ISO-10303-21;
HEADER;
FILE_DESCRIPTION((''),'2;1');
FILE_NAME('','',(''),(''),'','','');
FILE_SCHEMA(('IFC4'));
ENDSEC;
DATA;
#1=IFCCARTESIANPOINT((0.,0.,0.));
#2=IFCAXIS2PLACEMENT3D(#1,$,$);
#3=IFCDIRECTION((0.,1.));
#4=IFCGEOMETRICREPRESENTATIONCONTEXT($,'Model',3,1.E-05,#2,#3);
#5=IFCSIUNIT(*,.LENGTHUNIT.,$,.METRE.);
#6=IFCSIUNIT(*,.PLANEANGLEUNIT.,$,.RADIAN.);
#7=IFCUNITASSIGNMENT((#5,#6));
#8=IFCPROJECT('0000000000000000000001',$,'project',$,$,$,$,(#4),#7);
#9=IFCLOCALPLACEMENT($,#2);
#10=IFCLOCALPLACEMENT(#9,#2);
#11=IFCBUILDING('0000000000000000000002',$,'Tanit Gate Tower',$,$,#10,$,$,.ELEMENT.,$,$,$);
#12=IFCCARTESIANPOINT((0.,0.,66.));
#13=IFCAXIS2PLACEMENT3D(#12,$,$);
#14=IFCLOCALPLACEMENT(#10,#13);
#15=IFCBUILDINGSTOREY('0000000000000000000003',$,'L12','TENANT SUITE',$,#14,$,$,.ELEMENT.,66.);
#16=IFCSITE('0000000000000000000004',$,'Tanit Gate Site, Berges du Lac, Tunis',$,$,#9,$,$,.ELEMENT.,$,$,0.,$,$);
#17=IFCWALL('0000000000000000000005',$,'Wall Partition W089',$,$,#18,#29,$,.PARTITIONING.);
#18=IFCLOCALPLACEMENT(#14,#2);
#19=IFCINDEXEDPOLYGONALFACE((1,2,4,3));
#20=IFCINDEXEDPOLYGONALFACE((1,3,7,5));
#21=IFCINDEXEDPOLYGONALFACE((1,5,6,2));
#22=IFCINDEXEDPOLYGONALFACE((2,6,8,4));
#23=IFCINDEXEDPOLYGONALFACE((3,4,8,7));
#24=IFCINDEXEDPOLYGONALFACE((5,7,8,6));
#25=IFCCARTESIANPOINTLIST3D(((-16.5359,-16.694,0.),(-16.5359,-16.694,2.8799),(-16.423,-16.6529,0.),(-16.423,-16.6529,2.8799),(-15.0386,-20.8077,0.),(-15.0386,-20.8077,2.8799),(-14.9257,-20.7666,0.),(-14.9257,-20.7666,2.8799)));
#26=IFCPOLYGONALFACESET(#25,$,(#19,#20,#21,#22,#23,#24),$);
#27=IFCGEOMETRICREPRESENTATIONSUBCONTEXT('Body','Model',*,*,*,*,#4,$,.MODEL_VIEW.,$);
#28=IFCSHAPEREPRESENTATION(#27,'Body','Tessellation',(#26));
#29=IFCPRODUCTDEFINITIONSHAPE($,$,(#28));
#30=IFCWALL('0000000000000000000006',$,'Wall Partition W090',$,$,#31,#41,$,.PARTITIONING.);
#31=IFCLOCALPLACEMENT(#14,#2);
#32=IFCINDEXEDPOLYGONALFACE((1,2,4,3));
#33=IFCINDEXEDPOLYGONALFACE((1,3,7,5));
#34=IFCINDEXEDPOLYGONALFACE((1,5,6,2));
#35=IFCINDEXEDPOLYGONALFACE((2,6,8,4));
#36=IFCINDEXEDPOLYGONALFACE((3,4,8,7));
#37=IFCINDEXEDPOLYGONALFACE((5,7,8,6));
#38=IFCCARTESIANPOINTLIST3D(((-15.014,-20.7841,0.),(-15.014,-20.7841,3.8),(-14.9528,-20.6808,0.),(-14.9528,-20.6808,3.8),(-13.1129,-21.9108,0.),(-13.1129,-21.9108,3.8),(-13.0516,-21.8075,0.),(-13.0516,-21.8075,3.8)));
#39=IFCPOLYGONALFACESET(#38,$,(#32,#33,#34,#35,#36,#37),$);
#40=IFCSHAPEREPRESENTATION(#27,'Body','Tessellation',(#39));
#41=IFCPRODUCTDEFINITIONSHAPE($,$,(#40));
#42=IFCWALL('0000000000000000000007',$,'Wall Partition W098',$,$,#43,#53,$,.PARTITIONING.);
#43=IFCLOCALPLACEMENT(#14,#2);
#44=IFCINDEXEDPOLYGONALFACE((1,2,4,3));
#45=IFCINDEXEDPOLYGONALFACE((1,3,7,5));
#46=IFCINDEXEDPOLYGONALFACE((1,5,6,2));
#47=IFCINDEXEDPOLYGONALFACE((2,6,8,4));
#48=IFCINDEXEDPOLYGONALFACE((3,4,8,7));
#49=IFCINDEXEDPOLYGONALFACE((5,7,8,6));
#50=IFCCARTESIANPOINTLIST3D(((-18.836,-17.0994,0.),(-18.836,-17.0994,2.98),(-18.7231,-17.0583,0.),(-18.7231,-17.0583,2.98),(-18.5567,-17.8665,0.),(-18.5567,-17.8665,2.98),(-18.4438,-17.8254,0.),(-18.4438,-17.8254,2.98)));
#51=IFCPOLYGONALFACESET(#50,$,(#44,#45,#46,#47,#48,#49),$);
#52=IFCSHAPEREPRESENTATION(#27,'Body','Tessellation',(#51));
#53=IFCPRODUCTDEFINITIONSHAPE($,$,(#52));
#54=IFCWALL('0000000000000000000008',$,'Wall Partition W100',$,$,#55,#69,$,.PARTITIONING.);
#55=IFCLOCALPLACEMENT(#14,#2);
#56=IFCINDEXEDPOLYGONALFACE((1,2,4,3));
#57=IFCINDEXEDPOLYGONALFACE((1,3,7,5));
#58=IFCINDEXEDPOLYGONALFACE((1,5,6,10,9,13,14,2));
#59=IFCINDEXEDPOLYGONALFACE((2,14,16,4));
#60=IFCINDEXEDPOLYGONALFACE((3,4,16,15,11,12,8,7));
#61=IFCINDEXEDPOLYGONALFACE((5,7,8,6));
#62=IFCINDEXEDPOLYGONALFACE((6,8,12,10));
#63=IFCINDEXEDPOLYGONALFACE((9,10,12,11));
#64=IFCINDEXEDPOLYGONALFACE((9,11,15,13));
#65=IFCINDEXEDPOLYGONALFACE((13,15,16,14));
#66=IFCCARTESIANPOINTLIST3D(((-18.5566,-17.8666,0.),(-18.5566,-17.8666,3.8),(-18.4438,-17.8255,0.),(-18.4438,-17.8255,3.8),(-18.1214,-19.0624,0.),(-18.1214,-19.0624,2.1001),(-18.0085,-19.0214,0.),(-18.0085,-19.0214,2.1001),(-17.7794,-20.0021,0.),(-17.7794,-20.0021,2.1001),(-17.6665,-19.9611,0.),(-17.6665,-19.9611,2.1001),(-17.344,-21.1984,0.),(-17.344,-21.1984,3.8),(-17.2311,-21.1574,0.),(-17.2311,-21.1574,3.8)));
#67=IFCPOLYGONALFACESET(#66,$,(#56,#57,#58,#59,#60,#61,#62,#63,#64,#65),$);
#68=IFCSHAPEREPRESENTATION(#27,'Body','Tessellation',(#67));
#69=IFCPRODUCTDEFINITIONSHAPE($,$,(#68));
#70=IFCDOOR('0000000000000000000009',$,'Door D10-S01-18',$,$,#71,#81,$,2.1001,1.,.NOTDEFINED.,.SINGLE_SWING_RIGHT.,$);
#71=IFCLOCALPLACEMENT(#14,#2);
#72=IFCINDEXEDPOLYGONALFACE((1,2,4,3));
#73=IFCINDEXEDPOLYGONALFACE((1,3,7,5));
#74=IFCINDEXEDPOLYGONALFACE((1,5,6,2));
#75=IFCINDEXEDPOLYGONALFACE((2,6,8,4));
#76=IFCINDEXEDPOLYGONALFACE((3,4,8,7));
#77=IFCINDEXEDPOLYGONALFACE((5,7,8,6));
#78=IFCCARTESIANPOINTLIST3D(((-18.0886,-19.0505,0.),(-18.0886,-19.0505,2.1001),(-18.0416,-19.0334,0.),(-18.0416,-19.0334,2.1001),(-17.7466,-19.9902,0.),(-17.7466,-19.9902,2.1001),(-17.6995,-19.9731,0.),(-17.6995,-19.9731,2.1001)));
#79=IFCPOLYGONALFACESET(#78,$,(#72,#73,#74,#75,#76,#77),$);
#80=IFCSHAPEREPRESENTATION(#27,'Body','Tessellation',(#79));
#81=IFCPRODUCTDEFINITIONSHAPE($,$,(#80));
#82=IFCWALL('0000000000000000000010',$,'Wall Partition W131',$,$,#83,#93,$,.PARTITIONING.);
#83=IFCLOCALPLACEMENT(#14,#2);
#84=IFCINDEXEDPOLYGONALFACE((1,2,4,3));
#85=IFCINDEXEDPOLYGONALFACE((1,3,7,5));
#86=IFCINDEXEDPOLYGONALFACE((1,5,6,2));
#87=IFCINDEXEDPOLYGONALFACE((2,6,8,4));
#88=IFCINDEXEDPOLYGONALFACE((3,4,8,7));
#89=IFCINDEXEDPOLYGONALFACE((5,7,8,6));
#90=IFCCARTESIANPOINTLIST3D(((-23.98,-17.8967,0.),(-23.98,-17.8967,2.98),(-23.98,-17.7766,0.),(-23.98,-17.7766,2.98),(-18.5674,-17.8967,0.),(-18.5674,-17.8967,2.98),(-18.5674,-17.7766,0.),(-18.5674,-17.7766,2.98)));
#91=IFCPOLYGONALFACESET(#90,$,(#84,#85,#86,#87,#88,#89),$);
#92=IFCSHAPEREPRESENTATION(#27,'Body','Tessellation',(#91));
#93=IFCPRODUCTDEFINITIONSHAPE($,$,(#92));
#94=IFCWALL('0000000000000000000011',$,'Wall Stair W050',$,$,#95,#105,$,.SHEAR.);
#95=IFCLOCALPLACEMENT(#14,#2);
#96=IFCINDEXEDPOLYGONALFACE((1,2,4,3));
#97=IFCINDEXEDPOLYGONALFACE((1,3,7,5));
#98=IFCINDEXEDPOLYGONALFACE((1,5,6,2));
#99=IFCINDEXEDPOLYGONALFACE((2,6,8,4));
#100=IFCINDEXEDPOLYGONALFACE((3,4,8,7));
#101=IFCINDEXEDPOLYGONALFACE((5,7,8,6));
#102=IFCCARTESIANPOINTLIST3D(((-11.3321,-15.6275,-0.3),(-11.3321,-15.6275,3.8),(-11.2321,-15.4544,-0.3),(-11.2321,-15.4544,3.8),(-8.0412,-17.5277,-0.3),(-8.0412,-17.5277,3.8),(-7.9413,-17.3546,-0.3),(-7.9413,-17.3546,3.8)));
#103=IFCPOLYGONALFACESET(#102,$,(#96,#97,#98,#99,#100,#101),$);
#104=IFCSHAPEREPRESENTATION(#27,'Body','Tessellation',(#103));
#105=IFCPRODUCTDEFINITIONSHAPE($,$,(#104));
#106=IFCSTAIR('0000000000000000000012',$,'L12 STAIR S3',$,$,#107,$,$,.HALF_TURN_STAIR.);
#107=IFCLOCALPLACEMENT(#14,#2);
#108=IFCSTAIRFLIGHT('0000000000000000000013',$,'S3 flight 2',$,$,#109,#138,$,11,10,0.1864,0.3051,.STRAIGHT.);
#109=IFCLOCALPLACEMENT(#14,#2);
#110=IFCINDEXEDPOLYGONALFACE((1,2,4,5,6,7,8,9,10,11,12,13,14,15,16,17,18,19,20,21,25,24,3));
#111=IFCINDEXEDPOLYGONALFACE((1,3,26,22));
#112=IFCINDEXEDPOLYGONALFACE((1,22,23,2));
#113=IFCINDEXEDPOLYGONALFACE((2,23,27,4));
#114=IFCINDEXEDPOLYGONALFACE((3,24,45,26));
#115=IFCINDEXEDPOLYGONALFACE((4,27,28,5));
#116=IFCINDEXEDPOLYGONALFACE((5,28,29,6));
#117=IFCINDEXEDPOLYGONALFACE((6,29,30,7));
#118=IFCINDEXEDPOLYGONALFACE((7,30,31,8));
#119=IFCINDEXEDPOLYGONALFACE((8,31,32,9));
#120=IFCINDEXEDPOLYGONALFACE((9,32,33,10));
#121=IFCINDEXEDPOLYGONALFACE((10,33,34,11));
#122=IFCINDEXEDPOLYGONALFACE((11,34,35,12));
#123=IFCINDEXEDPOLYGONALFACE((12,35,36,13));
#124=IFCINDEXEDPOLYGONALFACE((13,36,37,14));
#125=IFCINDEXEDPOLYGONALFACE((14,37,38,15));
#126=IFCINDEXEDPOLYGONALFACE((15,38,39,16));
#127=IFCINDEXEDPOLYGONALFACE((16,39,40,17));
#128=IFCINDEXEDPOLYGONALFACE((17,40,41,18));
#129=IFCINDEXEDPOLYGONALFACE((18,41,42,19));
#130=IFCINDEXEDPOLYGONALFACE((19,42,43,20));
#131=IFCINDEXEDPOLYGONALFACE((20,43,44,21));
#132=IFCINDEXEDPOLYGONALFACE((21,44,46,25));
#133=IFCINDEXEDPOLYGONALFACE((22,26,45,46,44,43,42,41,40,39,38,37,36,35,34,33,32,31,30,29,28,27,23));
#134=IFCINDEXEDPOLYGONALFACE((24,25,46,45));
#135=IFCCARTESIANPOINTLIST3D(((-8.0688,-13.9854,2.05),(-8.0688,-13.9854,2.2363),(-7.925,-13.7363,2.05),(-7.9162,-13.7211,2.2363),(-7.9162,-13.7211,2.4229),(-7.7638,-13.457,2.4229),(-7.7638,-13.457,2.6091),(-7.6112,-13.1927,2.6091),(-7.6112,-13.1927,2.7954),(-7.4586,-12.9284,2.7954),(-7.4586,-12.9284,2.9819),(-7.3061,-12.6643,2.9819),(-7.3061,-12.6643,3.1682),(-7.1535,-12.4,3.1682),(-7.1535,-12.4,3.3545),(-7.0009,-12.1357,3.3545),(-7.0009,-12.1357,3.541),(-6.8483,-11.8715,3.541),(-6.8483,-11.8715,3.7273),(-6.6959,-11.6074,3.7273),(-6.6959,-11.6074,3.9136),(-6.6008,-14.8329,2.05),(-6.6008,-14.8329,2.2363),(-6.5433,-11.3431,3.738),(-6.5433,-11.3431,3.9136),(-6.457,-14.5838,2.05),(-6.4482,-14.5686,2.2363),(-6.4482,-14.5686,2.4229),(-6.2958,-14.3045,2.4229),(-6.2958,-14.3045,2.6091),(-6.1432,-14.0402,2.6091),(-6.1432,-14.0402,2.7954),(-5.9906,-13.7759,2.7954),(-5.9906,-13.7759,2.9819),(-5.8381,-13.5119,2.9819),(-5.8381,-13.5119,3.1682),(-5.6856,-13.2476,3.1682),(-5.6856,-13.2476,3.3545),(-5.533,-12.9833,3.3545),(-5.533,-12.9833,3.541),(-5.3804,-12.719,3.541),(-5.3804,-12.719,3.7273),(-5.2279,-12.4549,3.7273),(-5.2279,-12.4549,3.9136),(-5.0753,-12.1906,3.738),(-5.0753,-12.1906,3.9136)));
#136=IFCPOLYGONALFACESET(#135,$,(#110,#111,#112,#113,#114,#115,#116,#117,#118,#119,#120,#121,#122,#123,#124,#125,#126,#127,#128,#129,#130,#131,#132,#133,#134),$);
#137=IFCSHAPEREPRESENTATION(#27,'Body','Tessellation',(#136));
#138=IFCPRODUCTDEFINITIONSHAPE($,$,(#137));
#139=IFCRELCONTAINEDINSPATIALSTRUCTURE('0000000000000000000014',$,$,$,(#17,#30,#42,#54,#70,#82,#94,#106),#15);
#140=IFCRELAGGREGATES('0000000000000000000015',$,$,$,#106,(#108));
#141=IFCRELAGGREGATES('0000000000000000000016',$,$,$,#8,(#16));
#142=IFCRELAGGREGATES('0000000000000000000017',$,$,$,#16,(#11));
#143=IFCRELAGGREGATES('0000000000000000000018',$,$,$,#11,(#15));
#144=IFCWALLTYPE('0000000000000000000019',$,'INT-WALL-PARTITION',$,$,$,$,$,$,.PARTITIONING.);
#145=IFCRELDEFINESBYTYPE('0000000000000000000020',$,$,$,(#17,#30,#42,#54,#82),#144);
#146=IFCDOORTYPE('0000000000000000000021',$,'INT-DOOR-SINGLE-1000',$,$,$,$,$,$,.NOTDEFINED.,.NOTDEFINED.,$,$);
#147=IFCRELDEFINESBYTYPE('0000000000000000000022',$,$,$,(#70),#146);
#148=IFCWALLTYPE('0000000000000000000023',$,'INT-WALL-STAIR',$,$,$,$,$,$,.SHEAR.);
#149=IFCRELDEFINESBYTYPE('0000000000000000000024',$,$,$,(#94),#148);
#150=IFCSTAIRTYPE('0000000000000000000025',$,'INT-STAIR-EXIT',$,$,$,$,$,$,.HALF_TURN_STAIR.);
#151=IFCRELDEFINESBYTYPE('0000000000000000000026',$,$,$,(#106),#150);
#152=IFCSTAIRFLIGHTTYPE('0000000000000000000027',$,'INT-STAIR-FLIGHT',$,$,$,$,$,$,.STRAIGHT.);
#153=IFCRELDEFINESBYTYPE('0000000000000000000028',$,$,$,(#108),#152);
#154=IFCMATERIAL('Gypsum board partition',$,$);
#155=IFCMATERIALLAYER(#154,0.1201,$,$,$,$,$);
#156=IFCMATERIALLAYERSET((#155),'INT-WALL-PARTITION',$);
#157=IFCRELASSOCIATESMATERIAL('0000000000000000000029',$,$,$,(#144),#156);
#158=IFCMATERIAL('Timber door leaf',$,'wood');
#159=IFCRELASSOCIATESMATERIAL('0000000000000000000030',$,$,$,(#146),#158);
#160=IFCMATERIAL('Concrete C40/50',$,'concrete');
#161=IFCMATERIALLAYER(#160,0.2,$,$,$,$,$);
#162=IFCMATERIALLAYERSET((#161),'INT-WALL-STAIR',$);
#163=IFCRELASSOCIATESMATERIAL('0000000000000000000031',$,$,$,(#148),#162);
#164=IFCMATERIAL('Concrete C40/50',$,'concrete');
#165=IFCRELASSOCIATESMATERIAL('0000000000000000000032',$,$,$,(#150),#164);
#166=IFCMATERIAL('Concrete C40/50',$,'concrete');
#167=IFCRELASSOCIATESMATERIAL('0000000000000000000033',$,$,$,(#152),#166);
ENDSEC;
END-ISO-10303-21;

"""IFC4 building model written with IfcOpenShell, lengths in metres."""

from ifc_helpers import new_model, si_unit, direction, frame, frame_2d, origin, place, context, subcontext, project, spatial, polyline, rectangle, outline, extrude, material, layer, layer_set, type_object, element, fill, aggregate, save


model = new_model("IFC4")

# Units and contexts
model_context = context("Model", 3, precision=1e-05, world=origin(), true_north=direction((0.0, 1.0)))
body_context = subcontext(model_context, "Body", "Model", "MODEL_VIEW")
ifc_project = project(units=[si_unit("LENGTHUNIT", "METRE"), si_unit("PLANEANGLEUNIT", "RADIAN")], contexts=[model_context])

# Site, building, storey
site_placement = place(None, origin())
site = spatial("IfcSite", under=ifc_project, at=site_placement, Name="Tanit Gate Site, Berges du Lac, Tunis", CompositionType="ELEMENT", RefElevation=0.0)
building_placement = place(site_placement, origin())
building = spatial("IfcBuilding", under=site, at=building_placement, Name="Tanit Gate Tower", CompositionType="ELEMENT")
storey_placement = place(building_placement, frame((0.0, 0.0, 66.0)))
storey = spatial("IfcBuildingStorey", under=building, at=storey_placement, Name="L12", Description="TENANT SUITE", CompositionType="ELEMENT", Elevation=66.0)

# Walls
ifc_material_1 = material(Name="Gypsum board partition")
ifc_layer_1 = layer(ifc_material_1, 0.1201)
ifc_layer_set_1 = layer_set([ifc_layer_1], Name="INT-WALL-PARTITION")
wall_type_1 = type_object("IfcWallType", Name="INT-WALL-PARTITION", PredefinedType="PARTITIONING", material=ifc_layer_set_1)
wall_1_placement = place(storey_placement, frame((-16.4795, -16.6733, 0.0), z_axis=(0.0, 0.0, 1.0), x_axis=(0.342025, -0.939691, 0.0)))
element("IfcWall", 1, at=wall_1_placement, inside=storey, type_object=wall_type_1, Name="Wall Partition W089", PredefinedType="PARTITIONING", context=body_context, shape_type="SweptSolid", body=[
    extrude(rectangle(XDim=4.3777, YDim=0.1201, at=frame_2d((2.189, 0.0))), origin(), (0.0, 0.0, 1.0), 2.8799),
])
wall_2_placement = place(storey_placement, frame((-14.9834, -20.7324, 0.0), z_axis=(0.0, 0.0, 1.0), x_axis=(0.860268, -0.509842, 0.0)))
element("IfcWall", 2, at=wall_2_placement, inside=storey, type_object=wall_type_1, Name="Wall Partition W090", PredefinedType="PARTITIONING", context=body_context, shape_type="SweptSolid", body=[
    extrude(rectangle(XDim=2.21, YDim=0.1201, at=frame_2d((1.105, 0.0))), origin(), (0.0, 0.0, 1.0), 3.8),
])
wall_3_placement = place(storey_placement, frame((-18.7795, -17.0789, 0.0), z_axis=(0.0, 0.0, 1.0), x_axis=(0.342127, -0.939654, 0.0)))
element("IfcWall", 3, at=wall_3_placement, inside=storey, type_object=wall_type_1, Name="Wall Partition W098", PredefinedType="PARTITIONING", context=body_context, shape_type="SweptSolid", body=[
    extrude(rectangle(XDim=0.8164, YDim=0.1201, at=frame_2d((0.4082, 0.0))), origin(), (0.0, 0.0, 1.0), 2.98),
])

# Wall, opening, door
wall_4_placement = place(storey_placement, frame((-18.5002, -17.8459, 0.0), z_axis=(0.0, 0.0, 1.0), x_axis=(0.342014, -0.939695, 0.0)))
wall_4 = element("IfcWall", 4, at=wall_4_placement, inside=storey, type_object=wall_type_1, Name="Wall Partition W100", PredefinedType="PARTITIONING", context=body_context, shape_type="SweptSolid", body=[
    extrude(rectangle(XDim=3.5457, YDim=0.1201, at=frame_2d((1.7729, 0.0))), origin(), (0.0, 0.0, 1.0), 3.8),
])
opening_1_placement = place(wall_4_placement, frame((1.2727, 0.0, 0.0)))
opening_1 = element("IfcOpeningElement", 5, at=opening_1_placement, cuts=wall_4, PredefinedType="OPENING", context=body_context, shape_type="SweptSolid", body=[
    extrude(rectangle(XDim=1.0, YDim=2.1001, at=frame_2d((0.5, 1.05))), frame((0.0, 0.0701, 0.0), z_axis=(0.0, -1.0, 0.0), x_axis=(1.0, 0.0, 0.0)), (0.0, 0.0, 1.0), 0.1401),
])
ifc_material_2 = material(Name="Timber door leaf", Category="wood")
door_type_1 = type_object("IfcDoorType", Name="INT-DOOR-SINGLE-1000", OperationType="NOTDEFINED", PredefinedType="NOTDEFINED", material=ifc_material_2)
door_1_placement = place(opening_1_placement, origin())
door_1 = element("IfcDoor", 6, at=door_1_placement, inside=storey, type_object=door_type_1, Name="Door D10-S01-18", OperationType="SINGLE_SWING_RIGHT", OverallHeight=2.1001, OverallWidth=1.0, PredefinedType="NOTDEFINED", context=body_context, shape_type="SweptSolid", body=[
    extrude(rectangle(XDim=1.0, YDim=2.1001, at=frame_2d((0.5, 1.05))), frame((0.0, 0.0249, 0.0), z_axis=(0.0, -1.0, 0.0), x_axis=(1.0, 0.0, 0.0)), (0.0, 0.0, 1.0), 0.05),
])
fill(opening_1, door_1)

# Walls
wall_5_placement = place(storey_placement, frame((-18.5674, -17.8367, 0.0), z_axis=(0.0, 0.0, 1.0), x_axis=(-1.0, 0.0, 0.0)))
element("IfcWall", 7, at=wall_5_placement, inside=storey, type_object=wall_type_1, Name="Wall Partition W131", PredefinedType="PARTITIONING", context=body_context, shape_type="SweptSolid", body=[
    extrude(rectangle(XDim=5.4126, YDim=0.1201, at=frame_2d((2.7063, 0.0))), origin(), (0.0, 0.0, 1.0), 2.98),
])
ifc_material_3 = material(Name="Concrete C40/50", Category="concrete")
ifc_layer_2 = layer(ifc_material_3, 0.2)
ifc_layer_set_2 = layer_set([ifc_layer_2], Name="INT-WALL-STAIR")
wall_type_2 = type_object("IfcWallType", Name="INT-WALL-STAIR", PredefinedType="SHEAR", material=ifc_layer_set_2)
wall_6_placement = place(storey_placement, frame((-11.282, -15.541, -0.3), z_axis=(0.0, 0.0, 1.0), x_axis=(0.866, -0.500043, 0.0)))
element("IfcWall", 8, at=wall_6_placement, inside=storey, type_object=wall_type_2, Name="Wall Stair W050", PredefinedType="SHEAR", context=body_context, shape_type="SweptSolid", body=[
    extrude(rectangle(XDim=3.8, YDim=0.2, at=frame_2d((1.8999, 0.0))), origin(), (0.0, 0.0, 1.0), 4.1001),
])

# Stair, stair flight
ifc_material_4 = material(Name="Concrete C40/50", Category="concrete")
stair_type = type_object("IfcStairType", Name="INT-STAIR-EXIT", PredefinedType="HALF_TURN_STAIR", material=ifc_material_4)
stair_placement = place(storey_placement, origin())
stair = element("IfcStair", 9, at=stair_placement, inside=storey, type_object=stair_type, Name="L12 STAIR S3", PredefinedType="HALF_TURN_STAIR")
ifc_material_5 = material(Name="Concrete C40/50", Category="concrete")
stair_flight_type = type_object("IfcStairFlightType", Name="INT-STAIR-FLIGHT", PredefinedType="STRAIGHT", material=ifc_material_5)
stair_flight_placement = place(storey_placement, frame((-7.3347, -14.4092, 2.05), z_axis=(0.0, 0.0, 1.0), x_axis=(0.5, 0.866025, 0.0)))
stair_flight = element("IfcStairFlight", 10, at=stair_flight_placement, type_object=stair_flight_type, Name="S3 flight 2", NumberOfRisers=11, NumberOfTreads=10, PredefinedType="STRAIGHT", RiserHeight=0.1864, TreadLength=0.3051, context=body_context, shape_type="SweptSolid", body=[
    extrude(outline(polyline([(0.0, 0.0), (0.0, 0.1863), (0.3052, 0.1863), (0.3052, 0.3728), (0.6101, 0.3728), (0.6101, 0.5591), (0.9153, 0.5591), (0.9153, 0.7454), (1.2205, 0.7454), (1.2205, 0.9319), (1.5254, 0.9319), (1.5254, 1.1182), (1.8306, 1.1182), (1.8306, 1.3044), (2.1357, 1.3044), (2.1357, 1.491), (2.4409, 1.491), (2.4409, 1.6772), (2.7458, 1.6772), (2.7458, 1.8635), (3.051, 1.8635), (3.051, 2.05), (3.051, 1.688), (0.2876, 0.0), (0.0, 0.0)])), frame((0.0, 0.8477, 0.0), z_axis=(0.0, -1.0, 0.0), x_axis=(1.0, 0.0, 0.0)), (0.0, 0.0, 1.0), 1.6951),
])
aggregate(stair, [stair_flight])

save(model, "model.ifc")
